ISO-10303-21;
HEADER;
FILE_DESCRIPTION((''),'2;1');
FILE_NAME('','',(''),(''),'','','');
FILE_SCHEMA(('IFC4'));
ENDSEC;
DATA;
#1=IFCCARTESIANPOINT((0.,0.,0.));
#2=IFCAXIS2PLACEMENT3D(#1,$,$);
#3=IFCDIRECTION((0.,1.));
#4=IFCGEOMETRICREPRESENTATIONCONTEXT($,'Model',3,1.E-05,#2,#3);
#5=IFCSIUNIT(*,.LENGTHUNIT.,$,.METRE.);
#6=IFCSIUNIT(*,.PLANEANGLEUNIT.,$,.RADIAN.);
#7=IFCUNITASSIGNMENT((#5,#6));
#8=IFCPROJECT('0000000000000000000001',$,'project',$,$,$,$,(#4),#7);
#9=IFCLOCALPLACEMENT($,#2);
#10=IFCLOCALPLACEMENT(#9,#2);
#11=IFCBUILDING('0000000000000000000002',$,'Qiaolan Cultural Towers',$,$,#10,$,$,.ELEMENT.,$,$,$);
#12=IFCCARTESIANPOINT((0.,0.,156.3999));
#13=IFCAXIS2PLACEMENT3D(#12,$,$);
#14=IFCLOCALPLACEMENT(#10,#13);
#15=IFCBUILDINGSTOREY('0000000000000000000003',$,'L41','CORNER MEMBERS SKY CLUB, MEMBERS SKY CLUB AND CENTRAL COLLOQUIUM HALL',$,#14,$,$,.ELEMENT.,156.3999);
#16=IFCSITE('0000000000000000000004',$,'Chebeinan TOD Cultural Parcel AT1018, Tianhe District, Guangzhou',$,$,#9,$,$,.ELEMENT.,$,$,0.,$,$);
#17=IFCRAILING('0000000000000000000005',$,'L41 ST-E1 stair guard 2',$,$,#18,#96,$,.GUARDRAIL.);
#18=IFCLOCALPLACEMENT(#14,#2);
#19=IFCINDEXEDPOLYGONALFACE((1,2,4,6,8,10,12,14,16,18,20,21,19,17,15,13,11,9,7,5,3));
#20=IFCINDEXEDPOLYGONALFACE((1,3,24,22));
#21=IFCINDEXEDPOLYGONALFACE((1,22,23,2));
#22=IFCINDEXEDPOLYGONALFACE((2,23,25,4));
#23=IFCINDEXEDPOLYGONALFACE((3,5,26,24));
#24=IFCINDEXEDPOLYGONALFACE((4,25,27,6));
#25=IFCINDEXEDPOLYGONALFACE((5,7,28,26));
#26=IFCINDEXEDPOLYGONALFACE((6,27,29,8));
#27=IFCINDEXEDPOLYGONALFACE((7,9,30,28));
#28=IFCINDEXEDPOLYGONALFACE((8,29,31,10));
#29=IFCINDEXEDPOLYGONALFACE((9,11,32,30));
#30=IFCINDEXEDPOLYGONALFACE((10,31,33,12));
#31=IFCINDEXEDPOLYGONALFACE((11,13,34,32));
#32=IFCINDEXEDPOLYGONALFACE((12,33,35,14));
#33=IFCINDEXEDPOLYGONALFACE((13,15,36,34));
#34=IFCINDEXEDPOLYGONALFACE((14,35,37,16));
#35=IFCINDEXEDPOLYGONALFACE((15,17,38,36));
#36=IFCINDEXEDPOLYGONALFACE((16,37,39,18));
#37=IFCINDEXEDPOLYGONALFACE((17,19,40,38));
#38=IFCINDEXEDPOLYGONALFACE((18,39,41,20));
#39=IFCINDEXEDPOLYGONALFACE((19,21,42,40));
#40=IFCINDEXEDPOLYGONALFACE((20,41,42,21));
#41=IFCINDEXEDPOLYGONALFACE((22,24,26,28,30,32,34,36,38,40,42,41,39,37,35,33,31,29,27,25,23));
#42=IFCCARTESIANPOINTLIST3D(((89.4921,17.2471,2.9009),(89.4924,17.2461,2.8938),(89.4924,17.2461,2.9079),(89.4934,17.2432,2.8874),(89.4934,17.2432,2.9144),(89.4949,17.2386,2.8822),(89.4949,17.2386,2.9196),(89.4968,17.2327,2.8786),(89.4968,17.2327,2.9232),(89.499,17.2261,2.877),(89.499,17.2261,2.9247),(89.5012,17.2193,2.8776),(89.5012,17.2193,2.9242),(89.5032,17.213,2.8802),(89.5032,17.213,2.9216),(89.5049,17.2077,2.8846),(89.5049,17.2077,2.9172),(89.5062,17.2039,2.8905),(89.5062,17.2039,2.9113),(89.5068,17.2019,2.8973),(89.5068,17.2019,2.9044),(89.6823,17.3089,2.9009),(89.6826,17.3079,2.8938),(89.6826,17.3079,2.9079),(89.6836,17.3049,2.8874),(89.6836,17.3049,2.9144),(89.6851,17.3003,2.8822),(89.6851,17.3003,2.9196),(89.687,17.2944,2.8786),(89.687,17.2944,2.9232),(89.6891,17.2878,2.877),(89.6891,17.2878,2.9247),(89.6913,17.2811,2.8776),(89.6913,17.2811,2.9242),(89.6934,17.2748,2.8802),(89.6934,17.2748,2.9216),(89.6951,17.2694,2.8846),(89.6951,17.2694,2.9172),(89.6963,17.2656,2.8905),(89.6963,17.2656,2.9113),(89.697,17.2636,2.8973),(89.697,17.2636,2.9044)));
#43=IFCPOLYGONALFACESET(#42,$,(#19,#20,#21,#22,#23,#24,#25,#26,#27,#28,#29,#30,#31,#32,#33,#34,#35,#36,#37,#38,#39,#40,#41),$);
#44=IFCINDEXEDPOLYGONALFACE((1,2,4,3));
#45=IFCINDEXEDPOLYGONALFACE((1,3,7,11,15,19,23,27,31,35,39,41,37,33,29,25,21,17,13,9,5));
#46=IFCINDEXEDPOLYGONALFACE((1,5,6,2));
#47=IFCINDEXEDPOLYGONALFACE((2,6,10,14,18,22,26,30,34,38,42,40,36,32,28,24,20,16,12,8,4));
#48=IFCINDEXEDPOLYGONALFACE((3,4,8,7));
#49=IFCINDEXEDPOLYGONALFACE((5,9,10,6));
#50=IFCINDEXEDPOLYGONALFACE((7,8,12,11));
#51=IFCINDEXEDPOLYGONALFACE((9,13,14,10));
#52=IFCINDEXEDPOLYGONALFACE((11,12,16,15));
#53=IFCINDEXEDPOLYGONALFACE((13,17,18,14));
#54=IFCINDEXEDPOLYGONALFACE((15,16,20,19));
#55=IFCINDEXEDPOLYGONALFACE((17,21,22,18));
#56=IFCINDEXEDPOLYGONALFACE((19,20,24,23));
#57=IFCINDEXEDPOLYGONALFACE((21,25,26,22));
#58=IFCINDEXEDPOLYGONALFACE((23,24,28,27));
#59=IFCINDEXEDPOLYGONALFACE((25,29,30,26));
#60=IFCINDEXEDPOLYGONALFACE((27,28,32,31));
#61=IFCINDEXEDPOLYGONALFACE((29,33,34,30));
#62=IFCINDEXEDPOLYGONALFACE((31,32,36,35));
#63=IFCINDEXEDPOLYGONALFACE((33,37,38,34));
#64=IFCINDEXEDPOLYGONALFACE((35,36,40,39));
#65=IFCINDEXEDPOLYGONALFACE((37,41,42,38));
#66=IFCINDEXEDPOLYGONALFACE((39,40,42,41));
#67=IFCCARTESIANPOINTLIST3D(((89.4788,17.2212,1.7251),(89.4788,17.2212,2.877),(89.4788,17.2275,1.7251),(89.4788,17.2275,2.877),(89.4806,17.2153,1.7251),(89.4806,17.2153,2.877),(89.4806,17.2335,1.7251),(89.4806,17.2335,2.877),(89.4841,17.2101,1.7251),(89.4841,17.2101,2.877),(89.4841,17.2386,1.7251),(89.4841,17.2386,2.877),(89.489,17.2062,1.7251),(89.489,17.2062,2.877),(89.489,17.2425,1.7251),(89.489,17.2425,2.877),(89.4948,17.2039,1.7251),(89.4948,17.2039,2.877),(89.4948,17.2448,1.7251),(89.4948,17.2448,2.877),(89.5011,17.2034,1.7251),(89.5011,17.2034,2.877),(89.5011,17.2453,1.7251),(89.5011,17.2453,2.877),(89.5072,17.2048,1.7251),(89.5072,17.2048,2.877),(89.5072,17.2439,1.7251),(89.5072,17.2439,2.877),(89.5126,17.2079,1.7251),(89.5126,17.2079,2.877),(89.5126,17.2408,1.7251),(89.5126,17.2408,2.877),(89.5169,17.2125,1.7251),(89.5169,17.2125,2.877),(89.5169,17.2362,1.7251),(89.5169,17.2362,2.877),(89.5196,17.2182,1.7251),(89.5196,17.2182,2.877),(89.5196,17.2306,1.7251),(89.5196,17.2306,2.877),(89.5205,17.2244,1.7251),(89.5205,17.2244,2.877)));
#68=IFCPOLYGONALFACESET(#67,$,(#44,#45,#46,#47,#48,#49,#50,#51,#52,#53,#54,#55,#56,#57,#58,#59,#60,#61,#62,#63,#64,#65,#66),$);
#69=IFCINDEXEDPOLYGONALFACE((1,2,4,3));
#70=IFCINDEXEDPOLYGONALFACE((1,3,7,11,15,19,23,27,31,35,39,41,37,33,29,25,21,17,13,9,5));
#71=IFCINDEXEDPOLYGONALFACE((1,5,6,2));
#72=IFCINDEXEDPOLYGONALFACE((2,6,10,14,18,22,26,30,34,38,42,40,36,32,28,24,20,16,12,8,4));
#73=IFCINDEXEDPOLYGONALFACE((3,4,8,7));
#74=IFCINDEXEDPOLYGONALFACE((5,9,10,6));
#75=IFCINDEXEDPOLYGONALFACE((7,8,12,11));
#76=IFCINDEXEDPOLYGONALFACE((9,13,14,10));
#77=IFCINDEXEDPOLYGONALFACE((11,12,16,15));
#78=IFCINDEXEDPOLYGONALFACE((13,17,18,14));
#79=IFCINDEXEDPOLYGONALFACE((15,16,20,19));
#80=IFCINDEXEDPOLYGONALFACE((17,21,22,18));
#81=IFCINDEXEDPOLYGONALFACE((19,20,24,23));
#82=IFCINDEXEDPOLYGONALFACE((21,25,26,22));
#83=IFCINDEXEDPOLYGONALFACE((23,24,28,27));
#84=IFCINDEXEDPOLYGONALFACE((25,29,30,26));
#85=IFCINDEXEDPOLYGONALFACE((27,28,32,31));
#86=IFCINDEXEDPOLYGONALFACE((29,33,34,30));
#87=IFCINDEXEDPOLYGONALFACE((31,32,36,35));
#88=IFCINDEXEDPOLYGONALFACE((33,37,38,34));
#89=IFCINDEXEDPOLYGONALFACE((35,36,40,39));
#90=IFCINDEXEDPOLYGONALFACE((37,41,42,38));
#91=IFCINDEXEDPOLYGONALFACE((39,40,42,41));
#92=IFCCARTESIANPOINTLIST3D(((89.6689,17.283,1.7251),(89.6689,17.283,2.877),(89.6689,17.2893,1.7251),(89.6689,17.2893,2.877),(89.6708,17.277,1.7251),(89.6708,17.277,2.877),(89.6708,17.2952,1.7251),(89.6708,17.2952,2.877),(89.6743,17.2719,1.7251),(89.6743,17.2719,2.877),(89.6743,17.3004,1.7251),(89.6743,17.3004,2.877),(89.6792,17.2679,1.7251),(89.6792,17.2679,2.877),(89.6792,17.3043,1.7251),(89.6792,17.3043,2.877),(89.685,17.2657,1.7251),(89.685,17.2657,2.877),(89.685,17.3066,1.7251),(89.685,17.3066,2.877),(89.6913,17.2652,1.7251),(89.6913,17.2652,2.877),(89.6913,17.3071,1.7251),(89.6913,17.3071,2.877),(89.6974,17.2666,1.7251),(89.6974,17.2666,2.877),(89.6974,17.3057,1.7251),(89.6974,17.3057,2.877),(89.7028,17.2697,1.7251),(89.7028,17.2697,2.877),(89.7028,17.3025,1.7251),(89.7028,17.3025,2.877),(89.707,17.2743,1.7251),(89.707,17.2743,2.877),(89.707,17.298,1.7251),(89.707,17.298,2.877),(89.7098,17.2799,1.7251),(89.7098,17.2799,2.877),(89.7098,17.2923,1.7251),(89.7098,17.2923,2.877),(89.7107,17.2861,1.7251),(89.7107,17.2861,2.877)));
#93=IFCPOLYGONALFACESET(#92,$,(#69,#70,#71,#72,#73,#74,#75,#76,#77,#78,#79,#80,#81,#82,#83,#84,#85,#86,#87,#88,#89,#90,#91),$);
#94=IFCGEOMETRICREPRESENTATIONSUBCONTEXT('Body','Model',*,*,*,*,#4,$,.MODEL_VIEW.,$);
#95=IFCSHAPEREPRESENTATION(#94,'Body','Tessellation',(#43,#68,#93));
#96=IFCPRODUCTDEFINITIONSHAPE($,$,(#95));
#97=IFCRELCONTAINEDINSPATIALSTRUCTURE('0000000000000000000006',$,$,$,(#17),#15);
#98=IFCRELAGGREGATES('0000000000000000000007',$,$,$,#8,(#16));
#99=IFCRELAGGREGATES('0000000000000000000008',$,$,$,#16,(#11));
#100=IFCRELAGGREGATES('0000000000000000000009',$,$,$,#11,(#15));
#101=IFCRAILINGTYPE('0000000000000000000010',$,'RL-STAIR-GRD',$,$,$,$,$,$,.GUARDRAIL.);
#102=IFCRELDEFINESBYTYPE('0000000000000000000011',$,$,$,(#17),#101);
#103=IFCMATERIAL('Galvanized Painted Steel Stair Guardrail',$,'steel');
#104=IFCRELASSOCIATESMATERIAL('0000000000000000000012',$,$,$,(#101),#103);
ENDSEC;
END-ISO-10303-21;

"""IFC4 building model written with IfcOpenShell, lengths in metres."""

from ifc_helpers import new_model, si_unit, direction, frame, origin, origin_2d, place, context, subcontext, project, spatial, circle, extrude, material, type_object, element, save


model = new_model("IFC4")

# Units and contexts
model_context = context("Model", 3, precision=1e-05, world=origin(), true_north=direction((0.0, 1.0)))
body_context = subcontext(model_context, "Body", "Model", "MODEL_VIEW")
ifc_project = project(units=[si_unit("LENGTHUNIT", "METRE"), si_unit("PLANEANGLEUNIT", "RADIAN")], contexts=[model_context])

# Site, building, storey
site_placement = place(None, origin())
site = spatial("IfcSite", under=ifc_project, at=site_placement, Name="Chebeinan TOD Cultural Parcel AT1018, Tianhe District, Guangzhou", CompositionType="ELEMENT", RefElevation=0.0)
building_placement = place(site_placement, origin())
building = spatial("IfcBuilding", under=site, at=building_placement, Name="Qiaolan Cultural Towers", CompositionType="ELEMENT")
storey_placement = place(building_placement, frame((0.0, 0.0, 156.3999)))
storey = spatial("IfcBuildingStorey", under=building, at=storey_placement, Name="L41", Description="CORNER MEMBERS SKY CLUB, MEMBERS SKY CLUB AND CENTRAL COLLOQUIUM HALL", CompositionType="ELEMENT", Elevation=156.3999)

# Railing
ifc_material_1 = material(Name="Galvanized Painted Steel Stair Guardrail", Category="steel")
railing_type_1 = type_object("IfcRailingType", Name="RL-STAIR-GRD", PredefinedType="GUARDRAIL", material=ifc_material_1)
railing_1_placement = place(storey_placement, frame((89.4995, 17.2244, 1.7251)))
element("IfcRailing", 1, at=railing_1_placement, inside=storey, type_object=railing_type_1, Name="L41 ST-E1 stair guard 2", PredefinedType="GUARDRAIL", context=body_context, shape_type="SweptSolid", body=[
    extrude(circle(Radius=0.0239, at=origin_2d()), frame((0.0, 0.0, 1.1758), z_axis=(0.951097, 0.308893, 0.0), x_axis=(-0.308893, 0.951097, 0.0)), (0.0, 0.0, 1.0), 0.2),
    extrude(circle(Radius=0.021, at=origin_2d()), origin(), (0.0, 0.0, 1.0), 1.1519),
    extrude(circle(Radius=0.021, at=origin_2d()), frame((0.1902, 0.0618, 0.0)), (0.0, 0.0, 1.0), 1.1519),
])

save(model, "model.ifc")
